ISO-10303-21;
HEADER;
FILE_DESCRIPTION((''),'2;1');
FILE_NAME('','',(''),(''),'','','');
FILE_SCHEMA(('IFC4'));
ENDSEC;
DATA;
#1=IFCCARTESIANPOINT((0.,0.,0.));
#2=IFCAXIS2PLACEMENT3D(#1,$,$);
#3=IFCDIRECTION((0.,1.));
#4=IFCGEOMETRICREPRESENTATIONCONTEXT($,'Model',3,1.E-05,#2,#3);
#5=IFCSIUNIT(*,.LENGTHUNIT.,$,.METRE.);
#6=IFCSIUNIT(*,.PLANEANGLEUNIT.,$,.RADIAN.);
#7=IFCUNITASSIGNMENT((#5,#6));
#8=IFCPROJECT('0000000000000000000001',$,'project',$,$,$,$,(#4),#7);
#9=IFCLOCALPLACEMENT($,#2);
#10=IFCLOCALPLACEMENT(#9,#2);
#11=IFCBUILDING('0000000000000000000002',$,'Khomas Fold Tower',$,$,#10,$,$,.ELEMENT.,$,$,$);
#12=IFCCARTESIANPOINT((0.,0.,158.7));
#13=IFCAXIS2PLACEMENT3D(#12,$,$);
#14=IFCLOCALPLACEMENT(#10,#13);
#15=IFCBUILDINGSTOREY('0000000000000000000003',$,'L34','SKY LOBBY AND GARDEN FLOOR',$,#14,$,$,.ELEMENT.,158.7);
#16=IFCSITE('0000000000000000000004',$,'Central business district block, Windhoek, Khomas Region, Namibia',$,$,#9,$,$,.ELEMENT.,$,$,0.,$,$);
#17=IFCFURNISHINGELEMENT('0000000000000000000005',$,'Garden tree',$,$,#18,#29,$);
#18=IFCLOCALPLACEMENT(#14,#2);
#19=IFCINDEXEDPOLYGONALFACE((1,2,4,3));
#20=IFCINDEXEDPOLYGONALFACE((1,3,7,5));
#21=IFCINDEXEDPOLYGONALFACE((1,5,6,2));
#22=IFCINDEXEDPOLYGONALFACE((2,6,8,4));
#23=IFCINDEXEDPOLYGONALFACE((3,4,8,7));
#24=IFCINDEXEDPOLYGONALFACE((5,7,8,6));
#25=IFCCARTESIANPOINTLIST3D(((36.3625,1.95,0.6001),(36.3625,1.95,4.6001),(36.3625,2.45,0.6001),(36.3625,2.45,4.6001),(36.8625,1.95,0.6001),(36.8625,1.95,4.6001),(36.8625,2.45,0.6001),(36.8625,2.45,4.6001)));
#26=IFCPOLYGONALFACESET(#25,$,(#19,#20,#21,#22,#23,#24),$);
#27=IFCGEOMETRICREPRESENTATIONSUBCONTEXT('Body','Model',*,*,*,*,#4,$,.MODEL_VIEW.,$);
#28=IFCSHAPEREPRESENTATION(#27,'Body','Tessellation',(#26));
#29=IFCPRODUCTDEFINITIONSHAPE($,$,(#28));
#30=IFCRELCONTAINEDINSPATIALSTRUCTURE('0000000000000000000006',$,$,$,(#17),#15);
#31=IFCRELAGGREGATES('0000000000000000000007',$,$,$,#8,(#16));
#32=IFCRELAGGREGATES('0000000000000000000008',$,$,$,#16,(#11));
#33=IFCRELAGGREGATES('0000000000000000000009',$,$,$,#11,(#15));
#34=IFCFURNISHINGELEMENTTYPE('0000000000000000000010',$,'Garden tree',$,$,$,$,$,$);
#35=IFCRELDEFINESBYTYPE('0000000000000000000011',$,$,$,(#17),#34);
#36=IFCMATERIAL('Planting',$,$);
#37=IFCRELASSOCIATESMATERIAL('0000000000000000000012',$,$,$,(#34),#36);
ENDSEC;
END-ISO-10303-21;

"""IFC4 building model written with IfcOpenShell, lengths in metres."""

from ifc_helpers import new_model, si_unit, direction, frame, origin, origin_2d, place, context, subcontext, project, spatial, rectangle, extrude, source, transform, mapped, material, type_object, element, save


model = new_model("IFC4")

# Units and contexts
model_context = context("Model", 3, precision=1e-05, world=origin(), true_north=direction((0.0, 1.0)))
body_context = subcontext(model_context, "Body", "Model", "MODEL_VIEW")
ifc_project = project(units=[si_unit("LENGTHUNIT", "METRE"), si_unit("PLANEANGLEUNIT", "RADIAN")], contexts=[model_context])

# Site, building, storey
site_placement = place(None, origin())
site = spatial("IfcSite", under=ifc_project, at=site_placement, Name="Central business district block, Windhoek, Khomas Region, Namibia", CompositionType="ELEMENT", RefElevation=0.0)
building_placement = place(site_placement, origin())
building = spatial("IfcBuilding", under=site, at=building_placement, Name="Khomas Fold Tower", CompositionType="ELEMENT")
storey_placement = place(building_placement, frame((0.0, 0.0, 158.7)))
storey = spatial("IfcBuildingStorey", under=building, at=storey_placement, Name="L34", Description="SKY LOBBY AND GARDEN FLOOR", CompositionType="ELEMENT", Elevation=158.7)

# Furnishing element
ifc_material_1 = material(Name="Planting")
furnishing_element_type_1 = type_object("IfcFurnishingElementType", Name="Garden tree", material=ifc_material_1)
shared_shape_1 = source(origin(), body_context, "Body", "SweptSolid", [
    extrude(rectangle(XDim=0.5, YDim=0.5, at=origin_2d()), origin(), (0.0, 0.0, 1.0), 4.0),
])
for number, where, z_axis, x_axis, name in (
    (1, (36.6125, 2.2, 0.6001), (0.0, 0.0, 1.0), (1.0, 0.0, 0.0), "Garden tree"),
):
    element("IfcFurnishingElement", number, at=place(storey_placement, frame(where, z_axis=z_axis, x_axis=x_axis)), inside=storey, type_object=furnishing_element_type_1, Name=name, context=body_context, shape_type="MappedRepresentation", body=[
        mapped(shared_shape_1, transform((0.0, 0.0, 0.0))),
    ])

save(model, "model.ifc")
